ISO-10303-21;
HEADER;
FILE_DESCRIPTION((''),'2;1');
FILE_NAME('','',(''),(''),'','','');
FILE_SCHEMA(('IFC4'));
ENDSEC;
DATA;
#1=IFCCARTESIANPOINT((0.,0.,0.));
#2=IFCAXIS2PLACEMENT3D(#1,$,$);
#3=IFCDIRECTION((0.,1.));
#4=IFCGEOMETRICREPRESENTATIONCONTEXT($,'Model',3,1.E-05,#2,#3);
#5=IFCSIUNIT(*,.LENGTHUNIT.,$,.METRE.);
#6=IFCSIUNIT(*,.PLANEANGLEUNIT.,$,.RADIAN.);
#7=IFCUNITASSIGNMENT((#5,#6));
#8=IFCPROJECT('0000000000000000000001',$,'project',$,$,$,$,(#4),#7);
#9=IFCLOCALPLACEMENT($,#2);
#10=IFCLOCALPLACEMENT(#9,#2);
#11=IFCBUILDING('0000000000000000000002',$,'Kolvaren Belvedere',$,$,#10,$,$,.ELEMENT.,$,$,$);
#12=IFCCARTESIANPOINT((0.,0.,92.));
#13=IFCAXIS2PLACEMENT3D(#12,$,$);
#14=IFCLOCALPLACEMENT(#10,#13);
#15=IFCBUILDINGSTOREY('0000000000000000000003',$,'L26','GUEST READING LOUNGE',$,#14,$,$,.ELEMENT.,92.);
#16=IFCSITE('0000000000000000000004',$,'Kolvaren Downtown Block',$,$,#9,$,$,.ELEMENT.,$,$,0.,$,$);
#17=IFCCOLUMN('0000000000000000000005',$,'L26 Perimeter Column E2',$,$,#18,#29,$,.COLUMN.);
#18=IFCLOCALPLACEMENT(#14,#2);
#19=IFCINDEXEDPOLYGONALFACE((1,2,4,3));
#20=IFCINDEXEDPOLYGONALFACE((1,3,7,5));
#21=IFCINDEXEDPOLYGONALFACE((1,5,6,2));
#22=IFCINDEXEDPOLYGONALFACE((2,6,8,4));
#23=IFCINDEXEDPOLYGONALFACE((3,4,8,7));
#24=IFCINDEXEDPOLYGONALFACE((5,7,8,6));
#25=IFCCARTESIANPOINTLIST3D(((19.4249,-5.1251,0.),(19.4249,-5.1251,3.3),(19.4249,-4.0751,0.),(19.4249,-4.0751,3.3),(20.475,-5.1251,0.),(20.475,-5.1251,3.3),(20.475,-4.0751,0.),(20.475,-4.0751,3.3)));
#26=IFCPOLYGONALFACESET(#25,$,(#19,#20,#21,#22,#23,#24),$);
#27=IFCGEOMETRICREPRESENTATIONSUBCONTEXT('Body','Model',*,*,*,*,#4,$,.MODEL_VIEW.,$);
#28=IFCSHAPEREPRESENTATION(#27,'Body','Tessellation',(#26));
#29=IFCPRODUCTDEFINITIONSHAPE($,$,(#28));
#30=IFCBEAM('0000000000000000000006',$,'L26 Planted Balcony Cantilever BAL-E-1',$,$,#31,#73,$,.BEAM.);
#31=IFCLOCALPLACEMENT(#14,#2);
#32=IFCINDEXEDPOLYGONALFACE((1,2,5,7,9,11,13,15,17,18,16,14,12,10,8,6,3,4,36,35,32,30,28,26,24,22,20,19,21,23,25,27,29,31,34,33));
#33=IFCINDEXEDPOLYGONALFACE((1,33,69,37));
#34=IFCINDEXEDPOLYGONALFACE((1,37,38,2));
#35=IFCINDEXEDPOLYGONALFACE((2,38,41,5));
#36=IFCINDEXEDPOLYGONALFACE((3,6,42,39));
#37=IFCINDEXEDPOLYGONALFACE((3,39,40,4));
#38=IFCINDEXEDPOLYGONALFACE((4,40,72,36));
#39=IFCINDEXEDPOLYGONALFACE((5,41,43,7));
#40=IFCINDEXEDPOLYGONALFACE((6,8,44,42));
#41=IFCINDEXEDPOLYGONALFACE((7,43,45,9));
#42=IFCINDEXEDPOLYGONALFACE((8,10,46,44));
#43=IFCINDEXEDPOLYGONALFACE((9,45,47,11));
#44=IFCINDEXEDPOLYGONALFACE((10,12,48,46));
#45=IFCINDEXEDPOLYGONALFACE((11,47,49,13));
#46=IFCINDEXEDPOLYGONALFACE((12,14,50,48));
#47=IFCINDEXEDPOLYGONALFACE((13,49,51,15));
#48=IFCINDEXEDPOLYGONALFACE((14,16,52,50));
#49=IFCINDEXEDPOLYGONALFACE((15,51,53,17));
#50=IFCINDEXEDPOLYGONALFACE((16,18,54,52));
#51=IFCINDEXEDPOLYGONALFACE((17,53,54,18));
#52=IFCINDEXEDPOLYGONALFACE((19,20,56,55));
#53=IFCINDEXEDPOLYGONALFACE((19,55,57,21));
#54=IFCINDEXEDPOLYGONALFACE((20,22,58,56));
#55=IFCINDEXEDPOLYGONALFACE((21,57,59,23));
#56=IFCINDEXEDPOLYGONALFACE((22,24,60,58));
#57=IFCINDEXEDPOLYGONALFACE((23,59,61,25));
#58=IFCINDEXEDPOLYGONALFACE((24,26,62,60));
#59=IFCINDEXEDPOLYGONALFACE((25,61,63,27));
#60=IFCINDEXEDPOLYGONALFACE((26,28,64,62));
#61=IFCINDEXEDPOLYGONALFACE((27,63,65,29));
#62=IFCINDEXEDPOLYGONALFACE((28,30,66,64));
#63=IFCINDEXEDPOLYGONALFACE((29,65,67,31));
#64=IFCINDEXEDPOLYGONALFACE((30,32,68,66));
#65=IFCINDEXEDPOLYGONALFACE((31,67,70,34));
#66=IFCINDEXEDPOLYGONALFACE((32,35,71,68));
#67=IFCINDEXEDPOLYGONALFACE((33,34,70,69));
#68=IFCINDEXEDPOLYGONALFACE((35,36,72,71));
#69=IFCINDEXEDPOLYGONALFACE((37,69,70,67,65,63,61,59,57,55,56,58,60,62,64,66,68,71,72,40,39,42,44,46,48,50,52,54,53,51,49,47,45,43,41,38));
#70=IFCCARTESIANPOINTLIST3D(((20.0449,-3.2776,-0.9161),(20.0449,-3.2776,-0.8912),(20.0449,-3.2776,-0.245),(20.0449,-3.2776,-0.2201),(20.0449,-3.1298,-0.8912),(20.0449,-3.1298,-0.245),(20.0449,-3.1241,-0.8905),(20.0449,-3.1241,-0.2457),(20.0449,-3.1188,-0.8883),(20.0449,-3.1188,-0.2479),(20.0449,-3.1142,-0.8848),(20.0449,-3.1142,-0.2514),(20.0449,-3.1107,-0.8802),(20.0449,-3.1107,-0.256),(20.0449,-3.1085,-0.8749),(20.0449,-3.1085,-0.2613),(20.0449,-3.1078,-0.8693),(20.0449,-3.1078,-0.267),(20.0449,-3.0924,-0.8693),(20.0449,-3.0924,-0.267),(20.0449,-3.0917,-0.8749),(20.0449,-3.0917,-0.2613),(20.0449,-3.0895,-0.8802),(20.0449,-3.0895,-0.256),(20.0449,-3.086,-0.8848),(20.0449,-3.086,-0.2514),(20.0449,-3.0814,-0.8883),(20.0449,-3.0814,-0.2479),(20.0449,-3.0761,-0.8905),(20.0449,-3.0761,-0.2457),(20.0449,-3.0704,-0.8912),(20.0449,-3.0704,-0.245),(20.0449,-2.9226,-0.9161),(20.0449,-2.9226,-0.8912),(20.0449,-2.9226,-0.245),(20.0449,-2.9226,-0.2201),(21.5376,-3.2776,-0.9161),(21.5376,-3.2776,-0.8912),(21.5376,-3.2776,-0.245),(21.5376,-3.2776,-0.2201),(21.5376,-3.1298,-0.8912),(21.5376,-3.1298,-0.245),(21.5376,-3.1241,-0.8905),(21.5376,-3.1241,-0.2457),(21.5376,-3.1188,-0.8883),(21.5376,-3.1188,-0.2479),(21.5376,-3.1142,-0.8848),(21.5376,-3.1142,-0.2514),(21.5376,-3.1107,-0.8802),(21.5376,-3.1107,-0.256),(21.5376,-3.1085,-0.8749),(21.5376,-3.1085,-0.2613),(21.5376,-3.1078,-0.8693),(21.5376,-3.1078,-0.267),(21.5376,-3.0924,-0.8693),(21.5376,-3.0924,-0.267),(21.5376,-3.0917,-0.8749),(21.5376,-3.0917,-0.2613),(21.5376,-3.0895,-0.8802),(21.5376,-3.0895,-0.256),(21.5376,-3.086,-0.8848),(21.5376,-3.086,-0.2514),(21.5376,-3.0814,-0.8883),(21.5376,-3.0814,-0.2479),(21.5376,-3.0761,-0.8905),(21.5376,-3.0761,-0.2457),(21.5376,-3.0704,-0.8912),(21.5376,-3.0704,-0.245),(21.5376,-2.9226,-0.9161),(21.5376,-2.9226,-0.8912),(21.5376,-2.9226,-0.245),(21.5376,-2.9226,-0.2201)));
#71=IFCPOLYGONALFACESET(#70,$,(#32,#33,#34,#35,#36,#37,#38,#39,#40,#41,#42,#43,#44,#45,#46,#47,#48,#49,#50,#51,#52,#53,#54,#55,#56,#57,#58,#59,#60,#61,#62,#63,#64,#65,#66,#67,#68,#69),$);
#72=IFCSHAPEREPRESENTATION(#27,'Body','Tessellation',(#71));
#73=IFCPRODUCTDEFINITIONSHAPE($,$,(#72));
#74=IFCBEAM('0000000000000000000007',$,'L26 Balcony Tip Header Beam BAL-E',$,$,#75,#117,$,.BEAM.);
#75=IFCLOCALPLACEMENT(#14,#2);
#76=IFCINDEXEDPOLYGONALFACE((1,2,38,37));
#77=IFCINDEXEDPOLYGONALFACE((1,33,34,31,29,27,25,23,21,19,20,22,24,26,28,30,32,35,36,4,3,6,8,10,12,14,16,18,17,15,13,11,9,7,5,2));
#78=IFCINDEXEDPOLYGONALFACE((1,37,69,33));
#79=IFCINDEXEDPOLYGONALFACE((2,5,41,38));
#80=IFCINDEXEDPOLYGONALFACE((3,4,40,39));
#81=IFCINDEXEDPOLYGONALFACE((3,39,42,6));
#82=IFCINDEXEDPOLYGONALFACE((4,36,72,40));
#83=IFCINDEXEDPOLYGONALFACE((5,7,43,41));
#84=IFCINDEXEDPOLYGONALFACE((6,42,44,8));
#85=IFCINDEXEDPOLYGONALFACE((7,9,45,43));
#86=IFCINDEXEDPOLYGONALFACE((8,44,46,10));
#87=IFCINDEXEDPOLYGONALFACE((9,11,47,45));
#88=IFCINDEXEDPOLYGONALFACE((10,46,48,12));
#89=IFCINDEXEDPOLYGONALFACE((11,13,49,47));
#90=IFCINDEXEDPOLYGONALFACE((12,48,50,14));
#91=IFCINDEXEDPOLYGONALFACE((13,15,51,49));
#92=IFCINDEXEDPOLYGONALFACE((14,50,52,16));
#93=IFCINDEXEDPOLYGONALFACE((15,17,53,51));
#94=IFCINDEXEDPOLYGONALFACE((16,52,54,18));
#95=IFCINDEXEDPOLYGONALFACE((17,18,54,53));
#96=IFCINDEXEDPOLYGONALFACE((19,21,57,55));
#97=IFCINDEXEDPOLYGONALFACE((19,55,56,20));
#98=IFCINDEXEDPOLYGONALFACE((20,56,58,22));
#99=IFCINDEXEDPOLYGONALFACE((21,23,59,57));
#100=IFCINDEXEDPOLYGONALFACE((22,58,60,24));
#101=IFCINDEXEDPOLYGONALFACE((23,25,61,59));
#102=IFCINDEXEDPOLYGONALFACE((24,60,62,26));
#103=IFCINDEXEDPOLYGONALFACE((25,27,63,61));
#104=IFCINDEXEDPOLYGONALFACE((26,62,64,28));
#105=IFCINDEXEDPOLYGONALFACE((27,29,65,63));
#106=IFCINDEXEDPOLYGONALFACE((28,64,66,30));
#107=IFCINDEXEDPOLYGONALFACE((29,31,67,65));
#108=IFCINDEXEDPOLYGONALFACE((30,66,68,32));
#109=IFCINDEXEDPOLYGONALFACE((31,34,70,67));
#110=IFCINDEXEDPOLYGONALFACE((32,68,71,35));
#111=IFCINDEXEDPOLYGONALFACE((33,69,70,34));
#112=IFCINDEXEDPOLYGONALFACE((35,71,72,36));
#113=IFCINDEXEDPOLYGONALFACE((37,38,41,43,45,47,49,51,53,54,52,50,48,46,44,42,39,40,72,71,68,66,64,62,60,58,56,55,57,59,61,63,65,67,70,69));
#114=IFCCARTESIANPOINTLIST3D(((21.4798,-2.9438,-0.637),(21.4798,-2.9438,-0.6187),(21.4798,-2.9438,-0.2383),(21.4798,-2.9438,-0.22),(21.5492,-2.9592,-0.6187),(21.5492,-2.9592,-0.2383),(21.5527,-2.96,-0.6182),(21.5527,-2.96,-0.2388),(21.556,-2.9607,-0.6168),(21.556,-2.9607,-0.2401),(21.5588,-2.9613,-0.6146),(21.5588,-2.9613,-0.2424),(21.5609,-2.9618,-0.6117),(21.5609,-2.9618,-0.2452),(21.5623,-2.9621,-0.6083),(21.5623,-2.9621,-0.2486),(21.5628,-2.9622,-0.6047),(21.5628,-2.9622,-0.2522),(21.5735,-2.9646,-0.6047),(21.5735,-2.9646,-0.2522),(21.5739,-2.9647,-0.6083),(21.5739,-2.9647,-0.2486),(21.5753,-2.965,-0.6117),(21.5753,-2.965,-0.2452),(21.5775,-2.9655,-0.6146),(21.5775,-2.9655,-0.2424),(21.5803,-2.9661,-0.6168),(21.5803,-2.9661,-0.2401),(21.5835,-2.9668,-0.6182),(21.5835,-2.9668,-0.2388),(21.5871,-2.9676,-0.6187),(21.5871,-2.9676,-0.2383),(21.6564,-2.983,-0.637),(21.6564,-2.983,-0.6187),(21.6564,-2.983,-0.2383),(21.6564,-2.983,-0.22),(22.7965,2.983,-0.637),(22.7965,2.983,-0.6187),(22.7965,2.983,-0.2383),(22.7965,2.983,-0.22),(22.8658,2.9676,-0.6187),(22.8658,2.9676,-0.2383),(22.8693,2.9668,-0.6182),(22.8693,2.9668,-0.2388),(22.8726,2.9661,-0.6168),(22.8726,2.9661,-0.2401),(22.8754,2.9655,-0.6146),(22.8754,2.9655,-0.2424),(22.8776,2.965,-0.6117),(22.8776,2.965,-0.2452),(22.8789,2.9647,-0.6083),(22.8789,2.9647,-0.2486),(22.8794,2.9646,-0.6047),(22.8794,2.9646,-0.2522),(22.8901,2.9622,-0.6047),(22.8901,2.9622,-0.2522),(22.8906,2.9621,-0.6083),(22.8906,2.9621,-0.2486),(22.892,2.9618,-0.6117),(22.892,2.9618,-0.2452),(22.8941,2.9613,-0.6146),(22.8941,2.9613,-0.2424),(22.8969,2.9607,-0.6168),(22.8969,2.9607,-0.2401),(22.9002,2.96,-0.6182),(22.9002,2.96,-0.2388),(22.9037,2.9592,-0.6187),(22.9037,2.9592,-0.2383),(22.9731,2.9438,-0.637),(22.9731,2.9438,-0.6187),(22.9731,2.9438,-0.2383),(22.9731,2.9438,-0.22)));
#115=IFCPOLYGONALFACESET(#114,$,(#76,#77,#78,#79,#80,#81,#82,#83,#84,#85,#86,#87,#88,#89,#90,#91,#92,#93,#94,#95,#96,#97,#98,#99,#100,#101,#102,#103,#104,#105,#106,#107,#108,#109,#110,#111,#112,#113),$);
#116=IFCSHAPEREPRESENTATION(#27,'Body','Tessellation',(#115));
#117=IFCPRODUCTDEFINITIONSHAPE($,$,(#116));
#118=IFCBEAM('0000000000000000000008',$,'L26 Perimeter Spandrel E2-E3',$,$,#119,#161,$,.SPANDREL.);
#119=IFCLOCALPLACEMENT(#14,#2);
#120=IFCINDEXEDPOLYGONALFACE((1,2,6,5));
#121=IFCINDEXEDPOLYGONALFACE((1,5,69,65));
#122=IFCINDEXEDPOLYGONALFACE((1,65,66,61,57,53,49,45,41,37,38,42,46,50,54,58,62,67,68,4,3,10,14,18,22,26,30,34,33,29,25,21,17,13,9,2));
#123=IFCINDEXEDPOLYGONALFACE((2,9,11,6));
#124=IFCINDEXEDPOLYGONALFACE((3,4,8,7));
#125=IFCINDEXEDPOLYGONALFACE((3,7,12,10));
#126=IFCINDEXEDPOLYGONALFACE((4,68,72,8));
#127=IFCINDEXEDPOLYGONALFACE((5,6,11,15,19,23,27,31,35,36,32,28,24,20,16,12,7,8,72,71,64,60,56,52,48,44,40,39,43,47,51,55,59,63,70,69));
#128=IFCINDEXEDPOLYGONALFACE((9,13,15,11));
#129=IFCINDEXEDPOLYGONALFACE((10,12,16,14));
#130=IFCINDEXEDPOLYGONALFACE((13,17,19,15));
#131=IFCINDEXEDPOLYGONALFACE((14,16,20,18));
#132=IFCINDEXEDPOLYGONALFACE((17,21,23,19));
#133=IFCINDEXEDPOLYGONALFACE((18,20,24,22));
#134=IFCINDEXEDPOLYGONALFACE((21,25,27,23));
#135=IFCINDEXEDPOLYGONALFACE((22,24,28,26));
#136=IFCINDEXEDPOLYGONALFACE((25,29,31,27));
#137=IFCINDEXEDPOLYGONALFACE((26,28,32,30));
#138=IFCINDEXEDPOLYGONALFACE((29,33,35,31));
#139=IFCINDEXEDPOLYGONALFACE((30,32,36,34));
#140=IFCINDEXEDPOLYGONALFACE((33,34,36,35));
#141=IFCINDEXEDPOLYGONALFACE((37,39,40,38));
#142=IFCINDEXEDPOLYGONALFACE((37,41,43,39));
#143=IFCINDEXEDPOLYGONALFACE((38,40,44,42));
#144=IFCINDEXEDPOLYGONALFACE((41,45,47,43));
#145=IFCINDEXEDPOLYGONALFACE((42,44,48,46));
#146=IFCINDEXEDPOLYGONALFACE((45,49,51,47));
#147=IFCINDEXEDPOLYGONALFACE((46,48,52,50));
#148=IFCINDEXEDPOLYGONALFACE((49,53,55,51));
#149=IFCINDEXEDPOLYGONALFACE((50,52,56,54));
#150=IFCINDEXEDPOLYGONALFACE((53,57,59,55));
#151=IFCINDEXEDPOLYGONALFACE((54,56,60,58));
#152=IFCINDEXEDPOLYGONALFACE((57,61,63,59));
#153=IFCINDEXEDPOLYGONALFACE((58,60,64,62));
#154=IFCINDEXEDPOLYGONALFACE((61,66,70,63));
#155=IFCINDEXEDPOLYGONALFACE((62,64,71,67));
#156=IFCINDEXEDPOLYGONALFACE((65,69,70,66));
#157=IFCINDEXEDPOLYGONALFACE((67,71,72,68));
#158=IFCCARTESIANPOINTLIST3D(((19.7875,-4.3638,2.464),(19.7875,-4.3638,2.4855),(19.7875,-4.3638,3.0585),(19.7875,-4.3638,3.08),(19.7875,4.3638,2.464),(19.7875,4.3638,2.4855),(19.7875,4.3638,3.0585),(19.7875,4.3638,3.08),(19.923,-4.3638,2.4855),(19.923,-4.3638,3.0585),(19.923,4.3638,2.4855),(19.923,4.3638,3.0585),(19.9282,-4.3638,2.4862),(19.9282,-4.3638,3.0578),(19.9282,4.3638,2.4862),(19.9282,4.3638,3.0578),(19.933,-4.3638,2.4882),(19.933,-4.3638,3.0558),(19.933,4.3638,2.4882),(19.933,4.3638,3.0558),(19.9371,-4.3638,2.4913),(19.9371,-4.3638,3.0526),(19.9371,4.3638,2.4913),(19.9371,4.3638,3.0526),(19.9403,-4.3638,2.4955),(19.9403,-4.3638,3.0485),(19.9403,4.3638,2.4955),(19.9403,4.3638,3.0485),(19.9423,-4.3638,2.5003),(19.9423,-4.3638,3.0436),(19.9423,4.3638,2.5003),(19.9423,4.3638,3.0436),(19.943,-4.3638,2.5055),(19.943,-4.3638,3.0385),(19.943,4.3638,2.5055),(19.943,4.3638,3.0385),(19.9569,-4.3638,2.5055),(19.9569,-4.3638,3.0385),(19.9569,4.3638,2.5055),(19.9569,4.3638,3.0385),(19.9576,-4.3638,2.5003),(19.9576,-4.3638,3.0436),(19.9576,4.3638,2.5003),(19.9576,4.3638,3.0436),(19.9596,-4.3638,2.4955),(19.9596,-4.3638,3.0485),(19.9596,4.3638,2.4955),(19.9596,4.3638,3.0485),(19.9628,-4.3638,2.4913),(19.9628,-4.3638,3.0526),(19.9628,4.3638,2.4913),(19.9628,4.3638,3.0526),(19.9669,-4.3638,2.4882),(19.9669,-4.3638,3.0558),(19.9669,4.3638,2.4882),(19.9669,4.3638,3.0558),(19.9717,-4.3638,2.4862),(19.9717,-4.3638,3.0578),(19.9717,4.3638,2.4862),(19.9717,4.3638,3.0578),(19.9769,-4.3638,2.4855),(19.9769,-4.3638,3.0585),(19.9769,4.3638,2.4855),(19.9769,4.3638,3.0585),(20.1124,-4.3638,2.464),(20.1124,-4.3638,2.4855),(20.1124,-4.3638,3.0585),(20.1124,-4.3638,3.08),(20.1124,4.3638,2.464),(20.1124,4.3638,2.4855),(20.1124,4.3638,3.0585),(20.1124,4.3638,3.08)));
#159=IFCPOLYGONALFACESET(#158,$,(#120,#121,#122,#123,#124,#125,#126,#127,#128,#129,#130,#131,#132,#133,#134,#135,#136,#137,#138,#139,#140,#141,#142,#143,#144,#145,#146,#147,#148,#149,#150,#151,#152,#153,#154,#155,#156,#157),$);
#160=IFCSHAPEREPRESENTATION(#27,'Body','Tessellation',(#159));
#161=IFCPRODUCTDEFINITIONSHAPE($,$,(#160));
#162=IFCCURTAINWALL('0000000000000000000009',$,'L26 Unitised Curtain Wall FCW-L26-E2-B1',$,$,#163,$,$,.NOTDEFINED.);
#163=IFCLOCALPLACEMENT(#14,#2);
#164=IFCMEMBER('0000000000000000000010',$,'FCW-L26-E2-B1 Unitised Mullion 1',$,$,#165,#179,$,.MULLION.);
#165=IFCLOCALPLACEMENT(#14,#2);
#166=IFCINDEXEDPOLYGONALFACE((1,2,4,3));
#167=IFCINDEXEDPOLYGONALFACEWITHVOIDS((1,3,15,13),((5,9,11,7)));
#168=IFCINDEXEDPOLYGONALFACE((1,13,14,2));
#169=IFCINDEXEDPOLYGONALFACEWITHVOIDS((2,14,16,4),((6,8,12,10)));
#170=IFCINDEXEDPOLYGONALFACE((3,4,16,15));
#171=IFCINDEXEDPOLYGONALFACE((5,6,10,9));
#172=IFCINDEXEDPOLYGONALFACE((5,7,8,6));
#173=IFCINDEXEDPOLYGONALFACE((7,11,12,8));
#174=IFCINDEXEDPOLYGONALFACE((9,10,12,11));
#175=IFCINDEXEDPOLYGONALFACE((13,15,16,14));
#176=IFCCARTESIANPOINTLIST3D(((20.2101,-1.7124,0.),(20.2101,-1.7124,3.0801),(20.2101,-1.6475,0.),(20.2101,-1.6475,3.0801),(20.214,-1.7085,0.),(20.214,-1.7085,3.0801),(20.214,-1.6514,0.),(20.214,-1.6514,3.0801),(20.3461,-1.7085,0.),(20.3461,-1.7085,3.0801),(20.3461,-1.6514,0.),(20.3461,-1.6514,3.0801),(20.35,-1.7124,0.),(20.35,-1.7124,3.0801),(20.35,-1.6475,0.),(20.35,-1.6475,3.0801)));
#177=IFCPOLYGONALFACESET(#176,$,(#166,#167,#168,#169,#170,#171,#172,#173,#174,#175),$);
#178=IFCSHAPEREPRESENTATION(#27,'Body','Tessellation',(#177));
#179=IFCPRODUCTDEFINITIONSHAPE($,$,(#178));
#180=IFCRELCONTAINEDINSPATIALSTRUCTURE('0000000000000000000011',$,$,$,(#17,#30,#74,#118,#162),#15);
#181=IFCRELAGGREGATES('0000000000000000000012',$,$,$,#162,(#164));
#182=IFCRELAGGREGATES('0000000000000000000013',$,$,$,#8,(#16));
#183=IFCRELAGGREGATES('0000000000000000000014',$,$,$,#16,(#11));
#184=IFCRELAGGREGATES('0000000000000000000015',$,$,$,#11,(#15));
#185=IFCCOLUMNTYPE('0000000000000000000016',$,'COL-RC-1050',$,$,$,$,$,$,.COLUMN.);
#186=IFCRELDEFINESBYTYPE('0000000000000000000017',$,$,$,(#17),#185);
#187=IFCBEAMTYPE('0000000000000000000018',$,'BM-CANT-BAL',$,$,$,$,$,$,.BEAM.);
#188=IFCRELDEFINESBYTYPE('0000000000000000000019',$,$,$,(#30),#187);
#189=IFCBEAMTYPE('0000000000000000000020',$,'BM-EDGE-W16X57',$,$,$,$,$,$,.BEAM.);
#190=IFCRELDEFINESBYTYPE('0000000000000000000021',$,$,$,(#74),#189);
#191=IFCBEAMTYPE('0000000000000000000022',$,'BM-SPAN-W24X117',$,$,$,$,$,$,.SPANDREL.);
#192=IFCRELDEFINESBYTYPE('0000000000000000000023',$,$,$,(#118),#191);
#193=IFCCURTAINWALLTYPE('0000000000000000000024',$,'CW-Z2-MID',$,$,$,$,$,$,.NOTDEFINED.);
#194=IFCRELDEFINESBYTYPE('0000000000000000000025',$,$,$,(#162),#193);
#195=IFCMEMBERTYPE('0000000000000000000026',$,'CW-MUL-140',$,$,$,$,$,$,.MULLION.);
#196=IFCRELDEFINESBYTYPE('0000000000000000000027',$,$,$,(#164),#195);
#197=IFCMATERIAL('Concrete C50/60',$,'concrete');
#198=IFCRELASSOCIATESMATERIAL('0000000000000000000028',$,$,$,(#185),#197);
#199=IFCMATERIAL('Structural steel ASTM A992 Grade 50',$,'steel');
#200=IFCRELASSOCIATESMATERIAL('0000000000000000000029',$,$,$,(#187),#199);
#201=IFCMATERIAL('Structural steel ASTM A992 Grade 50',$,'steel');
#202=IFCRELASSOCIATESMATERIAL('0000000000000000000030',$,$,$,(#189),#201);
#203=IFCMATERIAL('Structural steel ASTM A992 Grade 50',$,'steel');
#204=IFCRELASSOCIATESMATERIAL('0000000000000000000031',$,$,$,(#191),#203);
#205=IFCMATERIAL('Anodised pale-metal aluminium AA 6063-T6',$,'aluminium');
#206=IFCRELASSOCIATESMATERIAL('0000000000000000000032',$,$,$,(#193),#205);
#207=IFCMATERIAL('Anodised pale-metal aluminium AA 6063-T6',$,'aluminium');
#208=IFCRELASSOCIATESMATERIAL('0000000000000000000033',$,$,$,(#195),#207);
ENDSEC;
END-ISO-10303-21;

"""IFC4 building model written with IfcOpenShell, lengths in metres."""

from ifc_helpers import new_model, si_unit, direction, frame, origin, origin_2d, place, context, subcontext, project, spatial, rectangle, hollow_rectangle, i_section, extrude, material, material_profile, profile_set, type_object, element, aggregate, save


model = new_model("IFC4")

# Units and contexts
model_context = context("Model", 3, precision=1e-05, world=origin(), true_north=direction((0.0, 1.0)))
body_context = subcontext(model_context, "Body", "Model", "MODEL_VIEW")
ifc_project = project(units=[si_unit("LENGTHUNIT", "METRE"), si_unit("PLANEANGLEUNIT", "RADIAN")], contexts=[model_context])

# Site, building, storey
site_placement = place(None, origin())
site = spatial("IfcSite", under=ifc_project, at=site_placement, Name="Kolvaren Downtown Block", CompositionType="ELEMENT", RefElevation=0.0)
building_placement = place(site_placement, origin())
building = spatial("IfcBuilding", under=site, at=building_placement, Name="Kolvaren Belvedere", CompositionType="ELEMENT")
storey_placement = place(building_placement, frame((0.0, 0.0, 92.0)))
storey = spatial("IfcBuildingStorey", under=building, at=storey_placement, Name="L26", Description="GUEST READING LOUNGE", CompositionType="ELEMENT", Elevation=92.0)

# Column
ifc_material_1 = material(Name="Concrete C50/60", Category="concrete")
ifc_material_profile_1 = material_profile(ifc_material_1, rectangle(XDim=1.05, YDim=1.05, at=origin_2d()), Name="RC 1050X1050")
ifc_profile_set_1 = profile_set([ifc_material_profile_1], Name="Concrete C50/60")
column_type = type_object("IfcColumnType", Name="COL-RC-1050", PredefinedType="COLUMN", material=ifc_profile_set_1)
column_placement = place(storey_placement, frame((19.95, -4.6001, 0.0), z_axis=(0.0, 0.0, 1.0), x_axis=(1.0, 0.0, 0.0)))
element("IfcColumn", 1, at=column_placement, inside=storey, type_object=column_type, Name="L26 Perimeter Column E2", PredefinedType="COLUMN", context=body_context, shape_type="SweptSolid", body=[
    extrude(rectangle(XDim=1.05, YDim=1.05, at=origin_2d()), origin(), (0.0, 0.0, 1.0), 3.3),
])

# Beams
ifc_material_2 = material(Name="Structural steel ASTM A992 Grade 50", Category="steel")
ifc_material_profile_2 = material_profile(ifc_material_2, i_section(OverallWidth=0.355, OverallDepth=0.696, WebThickness=0.0154, FlangeThickness=0.0249, FilletRadius=0.022, at=origin_2d()), Name="W27X146")
ifc_profile_set_2 = profile_set([ifc_material_profile_2], Name="Structural steel ASTM A992 Grade 50")
beam_type_1 = type_object("IfcBeamType", Name="BM-CANT-BAL", PredefinedType="BEAM", material=ifc_profile_set_2)
beam_1_placement = place(storey_placement, frame((20.0449, -3.1001, -0.5681), z_axis=(1.0, 0.0, 0.0), x_axis=(0.0, 1.0, 0.0)))
element("IfcBeam", 2, at=beam_1_placement, inside=storey, type_object=beam_type_1, Name="L26 Planted Balcony Cantilever BAL-E-1", PredefinedType="BEAM", context=body_context, shape_type="SweptSolid", body=[
    extrude(i_section(OverallWidth=0.355, OverallDepth=0.696, WebThickness=0.0154, FlangeThickness=0.0249, FilletRadius=0.022, at=origin_2d()), origin(), (0.0, 0.0, 1.0), 1.4927),
])
ifc_material_3 = material(Name="Structural steel ASTM A992 Grade 50", Category="steel")
ifc_material_profile_3 = material_profile(ifc_material_3, i_section(OverallWidth=0.1809, OverallDepth=0.417, WebThickness=0.011, FlangeThickness=0.0183, FilletRadius=0.0139, at=origin_2d()), Name="W16X57")
ifc_profile_set_3 = profile_set([ifc_material_profile_3], Name="Structural steel ASTM A992 Grade 50")
beam_type_2 = type_object("IfcBeamType", Name="BM-EDGE-W16X57", PredefinedType="BEAM", material=ifc_profile_set_3)
beam_2_placement = place(storey_placement, frame((21.5681, -2.9634, -0.4285), z_axis=(0.216867, 0.976201, 0.0), x_axis=(-0.976201, 0.216867, 0.0)))
element("IfcBeam", 3, at=beam_2_placement, inside=storey, type_object=beam_type_2, Name="L26 Balcony Tip Header Beam BAL-E", PredefinedType="BEAM", context=body_context, shape_type="SweptSolid", body=[
    extrude(i_section(OverallWidth=0.1809, OverallDepth=0.417, WebThickness=0.011, FlangeThickness=0.0183, FilletRadius=0.0139, at=origin_2d()), origin(), (0.0, 0.0, 1.0), 6.0713),
])
ifc_material_4 = material(Name="Structural steel ASTM A992 Grade 50", Category="steel")
ifc_material_profile_4 = material_profile(ifc_material_4, i_section(OverallWidth=0.325, OverallDepth=0.616, WebThickness=0.0139, FlangeThickness=0.0215, FilletRadius=0.02, at=origin_2d()), Name="W24X117")
ifc_profile_set_4 = profile_set([ifc_material_profile_4], Name="Structural steel ASTM A992 Grade 50")
beam_type_3 = type_object("IfcBeamType", Name="BM-SPAN-W24X117", PredefinedType="SPANDREL", material=ifc_profile_set_4)
beam_3_placement = place(storey_placement, frame((19.95, -4.3638, 2.772), z_axis=(0.0, 1.0, 0.0), x_axis=(-1.0, 0.0, 0.0)))
element("IfcBeam", 4, at=beam_3_placement, inside=storey, type_object=beam_type_3, Name="L26 Perimeter Spandrel E2-E3", PredefinedType="SPANDREL", context=body_context, shape_type="SweptSolid", body=[
    extrude(i_section(OverallWidth=0.325, OverallDepth=0.616, WebThickness=0.0139, FlangeThickness=0.0215, FilletRadius=0.02, at=origin_2d()), origin(), (0.0, 0.0, 1.0), 8.7275),
])

# Curtain wall, member
ifc_material_5 = material(Name="Anodised pale-metal aluminium AA 6063-T6", Category="aluminium")
curtain_wall_type = type_object("IfcCurtainWallType", Name="CW-Z2-MID", PredefinedType="NOTDEFINED", material=ifc_material_5)
curtain_wall_1_placement = place(storey_placement, origin())
curtain_wall_1 = element("IfcCurtainWall", 5, at=curtain_wall_1_placement, inside=storey, type_object=curtain_wall_type, Name="L26 Unitised Curtain Wall FCW-L26-E2-B1", PredefinedType="NOTDEFINED")
ifc_material_6 = material(Name="Anodised pale-metal aluminium AA 6063-T6", Category="aluminium")
ifc_material_profile_5 = material_profile(ifc_material_6, hollow_rectangle(XDim=0.0649, YDim=0.1399, WallThickness=0.0039, at=origin_2d()), Name="ALU-MUL-140X65")
ifc_profile_set_5 = profile_set([ifc_material_profile_5], Name="Anodised pale-metal aluminium AA 6063-T6")
member_type_1 = type_object("IfcMemberType", Name="CW-MUL-140", PredefinedType="MULLION", material=ifc_profile_set_5)
member_1_placement = place(storey_placement, frame((20.28, -1.6799, 0.0), z_axis=(0.0, 0.0, 1.0), x_axis=(0.0, 1.0, 0.0)))
member_1 = element("IfcMember", 6, at=member_1_placement, type_object=member_type_1, Name="FCW-L26-E2-B1 Unitised Mullion 1", PredefinedType="MULLION", context=body_context, shape_type="SweptSolid", body=[
    extrude(hollow_rectangle(XDim=0.0649, YDim=0.1399, WallThickness=0.0039, at=origin_2d()), origin(), (0.0, 0.0, 1.0), 3.0801),
])

aggregate(curtain_wall_1, [member_1])

save(model, "model.ifc")
